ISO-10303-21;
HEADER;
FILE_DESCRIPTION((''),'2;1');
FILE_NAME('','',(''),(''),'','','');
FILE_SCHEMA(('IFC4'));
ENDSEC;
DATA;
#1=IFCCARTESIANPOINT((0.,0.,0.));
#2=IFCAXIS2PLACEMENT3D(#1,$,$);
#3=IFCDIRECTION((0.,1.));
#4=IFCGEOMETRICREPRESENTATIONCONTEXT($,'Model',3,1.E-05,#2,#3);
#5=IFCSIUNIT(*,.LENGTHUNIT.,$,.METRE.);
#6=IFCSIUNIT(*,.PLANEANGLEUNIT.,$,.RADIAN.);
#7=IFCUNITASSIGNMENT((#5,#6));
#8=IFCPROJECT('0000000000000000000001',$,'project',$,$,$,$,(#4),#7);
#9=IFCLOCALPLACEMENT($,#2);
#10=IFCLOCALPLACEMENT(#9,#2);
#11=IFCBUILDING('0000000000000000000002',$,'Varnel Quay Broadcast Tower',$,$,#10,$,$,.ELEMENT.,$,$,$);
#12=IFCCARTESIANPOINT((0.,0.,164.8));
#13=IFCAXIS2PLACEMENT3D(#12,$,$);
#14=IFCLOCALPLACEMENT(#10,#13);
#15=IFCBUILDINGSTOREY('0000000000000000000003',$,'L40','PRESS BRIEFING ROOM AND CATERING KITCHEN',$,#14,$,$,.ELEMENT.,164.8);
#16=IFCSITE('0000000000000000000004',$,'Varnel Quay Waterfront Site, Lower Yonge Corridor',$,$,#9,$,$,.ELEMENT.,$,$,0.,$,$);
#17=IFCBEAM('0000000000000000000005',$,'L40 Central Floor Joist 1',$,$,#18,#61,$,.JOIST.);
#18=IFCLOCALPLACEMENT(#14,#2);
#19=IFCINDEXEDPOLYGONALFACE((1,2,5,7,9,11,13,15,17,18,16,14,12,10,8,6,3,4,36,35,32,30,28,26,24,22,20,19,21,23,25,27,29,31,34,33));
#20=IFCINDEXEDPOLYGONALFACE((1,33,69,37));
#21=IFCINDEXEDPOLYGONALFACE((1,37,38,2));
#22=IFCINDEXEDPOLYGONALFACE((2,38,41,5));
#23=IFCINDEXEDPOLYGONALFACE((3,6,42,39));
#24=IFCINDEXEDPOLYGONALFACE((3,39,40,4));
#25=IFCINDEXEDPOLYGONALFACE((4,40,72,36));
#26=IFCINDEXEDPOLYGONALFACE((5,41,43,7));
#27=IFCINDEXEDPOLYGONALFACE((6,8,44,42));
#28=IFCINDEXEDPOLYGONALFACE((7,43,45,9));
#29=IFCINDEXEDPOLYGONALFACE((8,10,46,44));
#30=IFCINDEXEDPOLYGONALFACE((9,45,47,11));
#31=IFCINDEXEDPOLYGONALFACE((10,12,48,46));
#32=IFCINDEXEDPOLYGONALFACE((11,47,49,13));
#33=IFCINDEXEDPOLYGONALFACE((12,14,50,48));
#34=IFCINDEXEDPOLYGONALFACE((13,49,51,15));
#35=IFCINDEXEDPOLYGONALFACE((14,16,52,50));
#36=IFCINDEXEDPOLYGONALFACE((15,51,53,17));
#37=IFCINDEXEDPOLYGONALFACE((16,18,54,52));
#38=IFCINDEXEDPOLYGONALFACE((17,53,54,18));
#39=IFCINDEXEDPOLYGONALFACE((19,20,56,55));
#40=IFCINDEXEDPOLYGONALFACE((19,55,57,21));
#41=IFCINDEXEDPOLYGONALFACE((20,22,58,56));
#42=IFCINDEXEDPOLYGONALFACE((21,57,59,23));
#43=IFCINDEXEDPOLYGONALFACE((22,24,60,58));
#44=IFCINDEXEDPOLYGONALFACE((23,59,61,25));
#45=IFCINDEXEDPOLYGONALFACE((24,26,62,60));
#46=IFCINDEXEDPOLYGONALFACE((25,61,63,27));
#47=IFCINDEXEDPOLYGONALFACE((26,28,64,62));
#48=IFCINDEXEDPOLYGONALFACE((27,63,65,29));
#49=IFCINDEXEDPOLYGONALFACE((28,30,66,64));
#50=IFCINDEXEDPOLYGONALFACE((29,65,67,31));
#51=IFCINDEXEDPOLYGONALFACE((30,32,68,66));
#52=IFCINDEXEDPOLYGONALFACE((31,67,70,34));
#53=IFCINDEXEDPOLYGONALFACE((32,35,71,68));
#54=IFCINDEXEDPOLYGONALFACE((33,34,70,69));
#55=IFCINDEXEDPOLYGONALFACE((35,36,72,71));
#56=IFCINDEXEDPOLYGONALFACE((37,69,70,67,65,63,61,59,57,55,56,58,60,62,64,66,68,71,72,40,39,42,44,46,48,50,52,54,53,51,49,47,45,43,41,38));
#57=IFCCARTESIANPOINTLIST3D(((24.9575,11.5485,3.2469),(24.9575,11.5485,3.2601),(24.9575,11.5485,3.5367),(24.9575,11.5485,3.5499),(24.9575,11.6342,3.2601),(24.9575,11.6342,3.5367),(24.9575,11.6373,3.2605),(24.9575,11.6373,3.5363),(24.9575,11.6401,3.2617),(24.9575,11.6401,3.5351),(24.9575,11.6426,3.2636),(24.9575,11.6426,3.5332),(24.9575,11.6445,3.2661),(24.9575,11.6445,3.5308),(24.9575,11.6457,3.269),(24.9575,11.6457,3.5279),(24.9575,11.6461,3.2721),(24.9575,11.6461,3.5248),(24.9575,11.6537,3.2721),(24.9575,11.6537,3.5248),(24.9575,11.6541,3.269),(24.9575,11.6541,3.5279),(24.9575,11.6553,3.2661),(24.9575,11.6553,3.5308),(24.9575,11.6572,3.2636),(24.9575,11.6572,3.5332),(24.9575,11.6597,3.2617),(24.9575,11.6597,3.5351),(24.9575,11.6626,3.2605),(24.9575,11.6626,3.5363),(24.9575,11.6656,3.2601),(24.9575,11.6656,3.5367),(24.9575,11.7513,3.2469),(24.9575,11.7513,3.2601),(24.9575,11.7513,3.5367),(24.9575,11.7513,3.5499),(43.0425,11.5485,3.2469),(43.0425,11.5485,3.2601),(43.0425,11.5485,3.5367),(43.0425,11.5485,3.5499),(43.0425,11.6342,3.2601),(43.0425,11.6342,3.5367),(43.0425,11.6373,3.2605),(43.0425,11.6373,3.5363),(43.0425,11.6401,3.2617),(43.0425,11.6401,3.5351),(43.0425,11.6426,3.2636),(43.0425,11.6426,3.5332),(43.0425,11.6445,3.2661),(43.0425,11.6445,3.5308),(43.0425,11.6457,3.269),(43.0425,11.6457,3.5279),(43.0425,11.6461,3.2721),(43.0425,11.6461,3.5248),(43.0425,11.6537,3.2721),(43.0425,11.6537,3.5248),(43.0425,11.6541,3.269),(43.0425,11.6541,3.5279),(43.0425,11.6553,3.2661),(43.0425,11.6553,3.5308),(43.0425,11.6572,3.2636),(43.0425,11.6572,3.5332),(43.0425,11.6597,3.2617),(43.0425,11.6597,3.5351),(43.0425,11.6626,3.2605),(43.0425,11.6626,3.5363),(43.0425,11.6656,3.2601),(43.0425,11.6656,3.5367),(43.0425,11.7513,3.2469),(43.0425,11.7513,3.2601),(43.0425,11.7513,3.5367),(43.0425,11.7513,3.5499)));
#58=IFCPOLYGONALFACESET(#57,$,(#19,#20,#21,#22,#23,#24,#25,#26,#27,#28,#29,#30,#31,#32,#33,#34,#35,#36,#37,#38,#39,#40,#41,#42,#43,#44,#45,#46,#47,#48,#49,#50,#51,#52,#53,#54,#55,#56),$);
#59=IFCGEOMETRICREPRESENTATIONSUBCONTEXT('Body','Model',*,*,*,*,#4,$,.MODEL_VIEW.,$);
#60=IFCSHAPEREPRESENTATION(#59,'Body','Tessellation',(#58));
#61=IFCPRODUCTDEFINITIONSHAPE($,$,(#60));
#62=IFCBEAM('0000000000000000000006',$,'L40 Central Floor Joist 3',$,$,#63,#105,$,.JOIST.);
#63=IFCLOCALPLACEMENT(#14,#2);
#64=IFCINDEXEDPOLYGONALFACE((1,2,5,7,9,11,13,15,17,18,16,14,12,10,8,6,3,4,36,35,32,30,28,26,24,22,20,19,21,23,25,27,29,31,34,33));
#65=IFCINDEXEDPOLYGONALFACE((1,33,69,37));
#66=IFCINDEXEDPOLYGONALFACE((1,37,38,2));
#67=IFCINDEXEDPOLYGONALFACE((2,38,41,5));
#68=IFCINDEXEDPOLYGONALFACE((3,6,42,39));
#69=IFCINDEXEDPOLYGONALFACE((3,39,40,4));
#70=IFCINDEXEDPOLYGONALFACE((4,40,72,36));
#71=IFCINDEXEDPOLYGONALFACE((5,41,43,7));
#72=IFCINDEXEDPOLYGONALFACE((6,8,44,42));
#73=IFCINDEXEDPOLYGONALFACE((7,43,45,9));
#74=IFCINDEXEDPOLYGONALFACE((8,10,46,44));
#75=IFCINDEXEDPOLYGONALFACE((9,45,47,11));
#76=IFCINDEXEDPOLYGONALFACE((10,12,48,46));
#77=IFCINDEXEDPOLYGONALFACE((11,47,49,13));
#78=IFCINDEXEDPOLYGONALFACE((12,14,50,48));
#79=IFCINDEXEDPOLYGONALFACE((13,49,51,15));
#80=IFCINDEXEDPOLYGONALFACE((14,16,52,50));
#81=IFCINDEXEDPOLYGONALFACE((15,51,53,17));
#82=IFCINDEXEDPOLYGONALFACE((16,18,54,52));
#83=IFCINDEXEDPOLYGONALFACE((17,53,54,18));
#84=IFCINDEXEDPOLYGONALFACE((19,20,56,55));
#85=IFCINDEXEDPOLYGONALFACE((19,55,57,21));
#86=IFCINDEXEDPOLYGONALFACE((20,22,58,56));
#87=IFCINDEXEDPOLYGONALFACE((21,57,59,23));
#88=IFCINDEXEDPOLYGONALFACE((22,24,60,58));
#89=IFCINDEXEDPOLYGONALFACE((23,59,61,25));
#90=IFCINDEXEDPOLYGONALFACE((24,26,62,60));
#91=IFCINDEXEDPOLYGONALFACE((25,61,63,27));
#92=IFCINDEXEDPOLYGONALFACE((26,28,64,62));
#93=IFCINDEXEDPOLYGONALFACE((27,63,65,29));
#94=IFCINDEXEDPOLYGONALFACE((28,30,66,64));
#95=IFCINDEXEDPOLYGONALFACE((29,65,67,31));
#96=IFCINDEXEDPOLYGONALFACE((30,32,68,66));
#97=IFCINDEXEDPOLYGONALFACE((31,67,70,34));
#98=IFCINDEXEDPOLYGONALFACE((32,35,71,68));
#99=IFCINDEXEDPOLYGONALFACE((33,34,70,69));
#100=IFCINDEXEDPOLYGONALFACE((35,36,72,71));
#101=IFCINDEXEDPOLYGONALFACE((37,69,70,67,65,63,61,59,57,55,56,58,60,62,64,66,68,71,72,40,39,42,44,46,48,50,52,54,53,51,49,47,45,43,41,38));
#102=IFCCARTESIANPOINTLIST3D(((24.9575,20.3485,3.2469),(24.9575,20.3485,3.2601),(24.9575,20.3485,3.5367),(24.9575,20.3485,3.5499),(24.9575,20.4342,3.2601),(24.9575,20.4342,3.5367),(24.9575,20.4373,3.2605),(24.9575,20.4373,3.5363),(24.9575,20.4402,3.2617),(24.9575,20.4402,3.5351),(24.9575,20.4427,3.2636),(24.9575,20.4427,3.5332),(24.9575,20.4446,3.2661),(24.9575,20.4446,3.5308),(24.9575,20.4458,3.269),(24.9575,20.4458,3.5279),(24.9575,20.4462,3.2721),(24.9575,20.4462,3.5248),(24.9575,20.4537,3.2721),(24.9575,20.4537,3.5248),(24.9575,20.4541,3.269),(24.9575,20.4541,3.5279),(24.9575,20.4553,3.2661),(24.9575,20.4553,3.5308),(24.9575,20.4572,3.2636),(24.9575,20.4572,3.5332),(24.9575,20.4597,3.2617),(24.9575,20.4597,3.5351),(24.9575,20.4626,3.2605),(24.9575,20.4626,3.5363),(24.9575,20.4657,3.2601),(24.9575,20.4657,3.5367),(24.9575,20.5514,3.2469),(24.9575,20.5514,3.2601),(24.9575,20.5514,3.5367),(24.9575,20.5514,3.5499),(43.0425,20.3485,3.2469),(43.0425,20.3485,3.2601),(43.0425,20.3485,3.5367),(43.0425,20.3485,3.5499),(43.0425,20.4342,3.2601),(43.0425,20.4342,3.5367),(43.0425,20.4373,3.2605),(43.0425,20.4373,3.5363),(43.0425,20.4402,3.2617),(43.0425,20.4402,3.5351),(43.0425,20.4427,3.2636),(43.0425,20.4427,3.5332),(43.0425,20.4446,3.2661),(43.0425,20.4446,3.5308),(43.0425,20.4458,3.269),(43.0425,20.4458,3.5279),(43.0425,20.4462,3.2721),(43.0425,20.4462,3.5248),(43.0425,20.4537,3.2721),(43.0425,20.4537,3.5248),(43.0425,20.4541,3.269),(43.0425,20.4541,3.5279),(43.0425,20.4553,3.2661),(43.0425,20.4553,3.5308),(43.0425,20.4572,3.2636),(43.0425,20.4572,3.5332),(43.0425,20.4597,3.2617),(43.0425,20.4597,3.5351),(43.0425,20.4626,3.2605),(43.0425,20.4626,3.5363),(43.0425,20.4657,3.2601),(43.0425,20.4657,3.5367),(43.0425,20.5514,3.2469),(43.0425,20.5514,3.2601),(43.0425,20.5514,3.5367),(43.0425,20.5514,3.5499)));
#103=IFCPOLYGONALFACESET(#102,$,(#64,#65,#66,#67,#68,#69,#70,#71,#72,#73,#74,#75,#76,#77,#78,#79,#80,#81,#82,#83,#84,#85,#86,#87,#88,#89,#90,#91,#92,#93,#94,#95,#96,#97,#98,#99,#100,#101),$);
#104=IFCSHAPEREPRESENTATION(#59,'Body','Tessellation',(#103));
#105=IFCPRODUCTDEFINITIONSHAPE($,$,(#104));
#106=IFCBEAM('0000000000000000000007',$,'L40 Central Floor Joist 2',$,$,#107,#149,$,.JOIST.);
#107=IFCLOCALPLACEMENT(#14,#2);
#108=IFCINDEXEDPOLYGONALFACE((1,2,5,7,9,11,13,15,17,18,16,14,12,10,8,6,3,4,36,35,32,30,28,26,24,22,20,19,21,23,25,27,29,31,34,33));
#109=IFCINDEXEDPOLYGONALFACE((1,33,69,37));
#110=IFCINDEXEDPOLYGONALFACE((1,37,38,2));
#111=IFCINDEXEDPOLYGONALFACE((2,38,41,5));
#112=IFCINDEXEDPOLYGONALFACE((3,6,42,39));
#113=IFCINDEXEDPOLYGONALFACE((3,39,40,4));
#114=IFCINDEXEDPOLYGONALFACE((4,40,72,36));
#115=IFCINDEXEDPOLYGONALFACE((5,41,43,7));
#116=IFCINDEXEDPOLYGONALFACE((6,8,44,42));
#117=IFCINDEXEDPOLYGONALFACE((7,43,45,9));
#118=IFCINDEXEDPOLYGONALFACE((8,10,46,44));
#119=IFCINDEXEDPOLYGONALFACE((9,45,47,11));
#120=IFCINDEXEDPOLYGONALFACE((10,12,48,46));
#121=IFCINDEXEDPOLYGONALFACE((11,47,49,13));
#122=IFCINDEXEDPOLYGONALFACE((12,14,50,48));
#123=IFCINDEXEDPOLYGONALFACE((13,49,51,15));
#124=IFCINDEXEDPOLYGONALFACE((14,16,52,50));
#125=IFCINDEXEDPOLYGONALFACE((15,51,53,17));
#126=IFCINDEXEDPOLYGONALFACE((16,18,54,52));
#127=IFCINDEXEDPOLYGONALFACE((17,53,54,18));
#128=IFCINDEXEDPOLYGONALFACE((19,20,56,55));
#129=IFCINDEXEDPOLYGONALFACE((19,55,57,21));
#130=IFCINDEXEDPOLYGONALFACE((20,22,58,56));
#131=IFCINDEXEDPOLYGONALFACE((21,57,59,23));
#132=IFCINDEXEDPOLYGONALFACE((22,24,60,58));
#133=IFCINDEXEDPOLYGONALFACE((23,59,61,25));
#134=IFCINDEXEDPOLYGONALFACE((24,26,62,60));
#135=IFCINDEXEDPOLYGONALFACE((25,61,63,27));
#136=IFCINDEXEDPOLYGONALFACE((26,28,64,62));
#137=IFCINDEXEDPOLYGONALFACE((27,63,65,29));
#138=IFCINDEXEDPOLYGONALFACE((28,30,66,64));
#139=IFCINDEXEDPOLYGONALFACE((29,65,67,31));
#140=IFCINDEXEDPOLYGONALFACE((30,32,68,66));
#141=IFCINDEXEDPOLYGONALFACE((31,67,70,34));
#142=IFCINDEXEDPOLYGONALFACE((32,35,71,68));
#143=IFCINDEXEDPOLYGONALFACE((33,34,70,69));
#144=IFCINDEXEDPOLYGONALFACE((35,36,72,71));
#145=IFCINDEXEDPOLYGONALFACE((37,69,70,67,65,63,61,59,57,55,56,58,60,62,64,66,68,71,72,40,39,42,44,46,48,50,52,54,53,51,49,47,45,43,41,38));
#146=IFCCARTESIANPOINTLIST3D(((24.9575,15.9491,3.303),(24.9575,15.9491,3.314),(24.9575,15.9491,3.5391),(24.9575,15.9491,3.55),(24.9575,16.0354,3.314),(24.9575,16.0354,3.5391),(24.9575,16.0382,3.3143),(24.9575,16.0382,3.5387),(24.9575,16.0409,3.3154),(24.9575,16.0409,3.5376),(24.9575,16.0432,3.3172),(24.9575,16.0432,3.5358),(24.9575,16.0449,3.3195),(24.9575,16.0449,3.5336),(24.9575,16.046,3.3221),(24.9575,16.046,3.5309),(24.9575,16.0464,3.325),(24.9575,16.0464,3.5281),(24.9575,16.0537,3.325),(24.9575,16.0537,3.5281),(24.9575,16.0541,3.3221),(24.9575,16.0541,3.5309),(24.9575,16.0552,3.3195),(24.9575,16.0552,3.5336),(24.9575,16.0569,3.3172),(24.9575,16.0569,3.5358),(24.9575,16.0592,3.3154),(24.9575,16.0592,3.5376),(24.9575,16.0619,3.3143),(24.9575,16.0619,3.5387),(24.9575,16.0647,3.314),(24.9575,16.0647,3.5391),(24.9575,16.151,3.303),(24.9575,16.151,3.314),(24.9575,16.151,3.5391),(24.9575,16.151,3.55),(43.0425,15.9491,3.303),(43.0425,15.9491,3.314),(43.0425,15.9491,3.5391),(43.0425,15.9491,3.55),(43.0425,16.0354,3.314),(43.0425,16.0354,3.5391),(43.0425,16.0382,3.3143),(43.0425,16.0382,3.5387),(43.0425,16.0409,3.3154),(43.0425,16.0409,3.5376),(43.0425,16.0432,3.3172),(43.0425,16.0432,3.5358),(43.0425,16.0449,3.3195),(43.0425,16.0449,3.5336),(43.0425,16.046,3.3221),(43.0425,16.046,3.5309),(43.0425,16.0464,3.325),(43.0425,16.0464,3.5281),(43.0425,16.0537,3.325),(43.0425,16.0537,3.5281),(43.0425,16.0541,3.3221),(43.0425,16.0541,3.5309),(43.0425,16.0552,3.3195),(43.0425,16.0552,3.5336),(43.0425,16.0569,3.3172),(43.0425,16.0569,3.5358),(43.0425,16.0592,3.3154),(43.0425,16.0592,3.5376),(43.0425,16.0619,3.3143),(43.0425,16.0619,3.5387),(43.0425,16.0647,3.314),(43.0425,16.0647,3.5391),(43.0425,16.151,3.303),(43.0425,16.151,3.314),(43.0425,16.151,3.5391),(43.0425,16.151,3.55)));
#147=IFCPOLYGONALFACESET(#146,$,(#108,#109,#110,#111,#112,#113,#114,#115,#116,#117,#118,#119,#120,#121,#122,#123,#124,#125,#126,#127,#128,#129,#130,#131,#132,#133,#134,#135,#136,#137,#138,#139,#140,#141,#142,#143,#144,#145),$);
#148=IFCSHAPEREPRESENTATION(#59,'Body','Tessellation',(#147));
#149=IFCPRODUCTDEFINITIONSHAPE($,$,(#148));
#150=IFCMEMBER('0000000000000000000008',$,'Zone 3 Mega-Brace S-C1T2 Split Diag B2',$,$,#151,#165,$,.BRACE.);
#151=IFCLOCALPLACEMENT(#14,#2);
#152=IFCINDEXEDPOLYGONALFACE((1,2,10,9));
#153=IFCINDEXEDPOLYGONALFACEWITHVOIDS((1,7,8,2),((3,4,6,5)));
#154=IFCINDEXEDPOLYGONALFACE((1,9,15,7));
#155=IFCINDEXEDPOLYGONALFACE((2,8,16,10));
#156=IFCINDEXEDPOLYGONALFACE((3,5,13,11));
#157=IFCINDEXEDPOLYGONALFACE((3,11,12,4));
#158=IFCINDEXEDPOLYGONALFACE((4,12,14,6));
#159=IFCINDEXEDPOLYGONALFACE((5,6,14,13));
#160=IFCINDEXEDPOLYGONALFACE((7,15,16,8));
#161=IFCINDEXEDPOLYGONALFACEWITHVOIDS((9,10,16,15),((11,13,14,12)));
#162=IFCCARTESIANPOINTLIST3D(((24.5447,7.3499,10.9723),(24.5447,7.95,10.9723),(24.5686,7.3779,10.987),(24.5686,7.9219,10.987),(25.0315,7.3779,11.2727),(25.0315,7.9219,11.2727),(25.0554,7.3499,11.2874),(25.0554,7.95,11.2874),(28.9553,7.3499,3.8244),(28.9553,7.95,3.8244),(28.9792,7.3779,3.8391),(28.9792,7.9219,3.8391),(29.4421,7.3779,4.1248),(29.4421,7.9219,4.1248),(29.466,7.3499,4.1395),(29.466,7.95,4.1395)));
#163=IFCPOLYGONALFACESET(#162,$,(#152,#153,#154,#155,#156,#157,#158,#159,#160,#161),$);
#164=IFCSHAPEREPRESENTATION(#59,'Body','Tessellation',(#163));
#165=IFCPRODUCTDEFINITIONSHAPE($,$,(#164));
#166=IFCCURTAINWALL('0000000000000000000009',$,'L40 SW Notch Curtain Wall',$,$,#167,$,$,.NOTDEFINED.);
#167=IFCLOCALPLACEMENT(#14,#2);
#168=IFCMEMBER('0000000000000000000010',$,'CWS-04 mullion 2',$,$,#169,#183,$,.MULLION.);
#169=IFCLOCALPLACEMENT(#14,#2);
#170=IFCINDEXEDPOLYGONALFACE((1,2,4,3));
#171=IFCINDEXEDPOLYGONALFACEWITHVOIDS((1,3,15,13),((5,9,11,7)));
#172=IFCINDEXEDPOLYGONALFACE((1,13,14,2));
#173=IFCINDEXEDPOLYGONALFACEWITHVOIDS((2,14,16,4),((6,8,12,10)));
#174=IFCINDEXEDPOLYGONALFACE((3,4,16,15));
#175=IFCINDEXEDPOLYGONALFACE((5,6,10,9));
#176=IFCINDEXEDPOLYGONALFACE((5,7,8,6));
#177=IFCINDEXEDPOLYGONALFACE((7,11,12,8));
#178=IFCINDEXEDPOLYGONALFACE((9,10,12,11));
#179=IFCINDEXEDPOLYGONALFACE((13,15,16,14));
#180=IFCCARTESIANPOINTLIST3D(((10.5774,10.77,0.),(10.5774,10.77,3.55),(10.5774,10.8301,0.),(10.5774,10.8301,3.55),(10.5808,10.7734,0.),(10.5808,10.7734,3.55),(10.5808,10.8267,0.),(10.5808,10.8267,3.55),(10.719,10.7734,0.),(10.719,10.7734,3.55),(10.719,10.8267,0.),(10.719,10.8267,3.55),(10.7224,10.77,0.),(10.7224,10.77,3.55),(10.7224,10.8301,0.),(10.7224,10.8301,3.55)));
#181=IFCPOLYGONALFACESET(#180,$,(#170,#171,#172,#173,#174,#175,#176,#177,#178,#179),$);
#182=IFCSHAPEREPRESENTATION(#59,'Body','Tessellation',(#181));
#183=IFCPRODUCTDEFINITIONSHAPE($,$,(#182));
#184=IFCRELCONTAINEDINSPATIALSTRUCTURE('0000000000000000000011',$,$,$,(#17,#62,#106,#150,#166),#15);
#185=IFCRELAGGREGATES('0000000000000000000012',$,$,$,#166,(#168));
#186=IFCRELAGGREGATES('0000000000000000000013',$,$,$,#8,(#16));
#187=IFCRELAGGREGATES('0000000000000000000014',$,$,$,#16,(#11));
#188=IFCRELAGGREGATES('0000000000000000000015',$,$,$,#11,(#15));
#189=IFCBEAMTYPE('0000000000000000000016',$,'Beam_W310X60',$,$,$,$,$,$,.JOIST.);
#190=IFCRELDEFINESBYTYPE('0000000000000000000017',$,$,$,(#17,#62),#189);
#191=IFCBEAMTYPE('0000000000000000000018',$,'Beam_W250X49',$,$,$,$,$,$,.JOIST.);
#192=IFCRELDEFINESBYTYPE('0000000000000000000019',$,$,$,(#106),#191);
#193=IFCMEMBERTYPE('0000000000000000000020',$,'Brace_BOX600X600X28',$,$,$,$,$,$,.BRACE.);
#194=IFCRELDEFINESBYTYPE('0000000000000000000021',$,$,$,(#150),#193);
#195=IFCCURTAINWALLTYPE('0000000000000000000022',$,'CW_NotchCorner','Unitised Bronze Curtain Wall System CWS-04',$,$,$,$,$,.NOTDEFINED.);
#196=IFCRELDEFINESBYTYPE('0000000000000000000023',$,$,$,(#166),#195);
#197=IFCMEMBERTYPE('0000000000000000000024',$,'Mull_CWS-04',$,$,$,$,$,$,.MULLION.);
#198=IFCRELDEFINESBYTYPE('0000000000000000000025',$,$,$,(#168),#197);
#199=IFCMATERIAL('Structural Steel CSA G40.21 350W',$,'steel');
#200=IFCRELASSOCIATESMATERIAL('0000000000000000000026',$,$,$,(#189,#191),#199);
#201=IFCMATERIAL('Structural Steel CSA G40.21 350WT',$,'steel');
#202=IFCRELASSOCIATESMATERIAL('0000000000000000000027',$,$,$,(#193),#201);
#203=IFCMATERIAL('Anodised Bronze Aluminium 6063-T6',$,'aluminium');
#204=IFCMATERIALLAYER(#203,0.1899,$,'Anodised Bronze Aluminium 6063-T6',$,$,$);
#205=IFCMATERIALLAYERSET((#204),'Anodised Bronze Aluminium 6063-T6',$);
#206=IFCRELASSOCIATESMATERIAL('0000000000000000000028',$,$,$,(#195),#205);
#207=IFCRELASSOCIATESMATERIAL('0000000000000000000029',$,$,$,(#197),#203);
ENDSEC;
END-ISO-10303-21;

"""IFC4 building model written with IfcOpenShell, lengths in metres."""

from ifc_helpers import new_model, si_unit, direction, frame, origin, origin_2d, place, context, subcontext, project, spatial, hollow_rectangle, i_section, extrude, source, transform, mapped, material, layer, layer_set, material_profile, profile_set, type_object, type_shapes, element, aggregate, save


model = new_model("IFC4")

# Units and contexts
model_context = context("Model", 3, precision=1e-05, world=origin(), true_north=direction((0.0, 1.0)))
body_context = subcontext(model_context, "Body", "Model", "MODEL_VIEW")
ifc_project = project(units=[si_unit("LENGTHUNIT", "METRE"), si_unit("PLANEANGLEUNIT", "RADIAN")], contexts=[model_context])

# Site, building, storey
site_placement = place(None, origin())
site = spatial("IfcSite", under=ifc_project, at=site_placement, Name="Varnel Quay Waterfront Site, Lower Yonge Corridor", CompositionType="ELEMENT", RefElevation=0.0)
building_placement = place(site_placement, origin())
building = spatial("IfcBuilding", under=site, at=building_placement, Name="Varnel Quay Broadcast Tower", CompositionType="ELEMENT")
storey_placement = place(building_placement, frame((0.0, 0.0, 164.8)))
storey = spatial("IfcBuildingStorey", under=building, at=storey_placement, Name="L40", Description="PRESS BRIEFING ROOM AND CATERING KITCHEN", CompositionType="ELEMENT", Elevation=164.8)

# Shared definitions
ifc_material_1 = material(Name="Structural Steel CSA G40.21 350WT", Category="steel")
ifc_material_2 = material(Name="Structural Steel CSA G40.21 350W", Category="steel")

# Beams
ifc_material_profile_1 = material_profile(ifc_material_2, i_section(OverallWidth=0.2029, OverallDepth=0.303, WebThickness=0.0076, FlangeThickness=0.0132, FilletRadius=0.012, at=origin_2d()), Name="W310X60")
ifc_profile_set_1 = profile_set([ifc_material_profile_1], Name="Structural Steel CSA G40.21 350W")
beam_type_1 = type_object("IfcBeamType", Name="Beam_W310X60", PredefinedType="JOIST", material=ifc_profile_set_1)
shared_shape_1 = source(origin(), body_context, "Body", "SweptSolid", [
    extrude(i_section(OverallWidth=0.2029, OverallDepth=0.303, WebThickness=0.0076, FlangeThickness=0.0132, FilletRadius=0.012, at=origin_2d()), origin(), (0.0, 0.0, 1.0), 18.085),
])
type_shapes(beam_type_1, [shared_shape_1])
for number, where, z_axis, x_axis, name in (
    (1, (24.9575, 11.6499, 3.3984), (1.0, 0.0, 0.0), (0.0, 1.0, 0.0), "L40 Central Floor Joist 1"),
    (2, (24.9575, 20.45, 3.3984), (1.0, 0.0, 0.0), (0.0, 1.0, 0.0), "L40 Central Floor Joist 3"),
):
    element("IfcBeam", number, at=place(storey_placement, frame(where, z_axis=z_axis, x_axis=x_axis)), inside=storey, type_object=beam_type_1, Name=name, PredefinedType="JOIST", context=body_context, shape_type="MappedRepresentation", body=[
        mapped(shared_shape_1, transform((0.0, 0.0, 0.0), x_axis=(1.0, 0.0, 0.0), y_axis=(0.0, 1.0, 0.0), z_axis=(0.0, 0.0, 1.0), scale=1.0)),
    ])
ifc_material_profile_2 = material_profile(ifc_material_2, i_section(OverallWidth=0.2019, OverallDepth=0.2471, WebThickness=0.0073, FlangeThickness=0.011, FilletRadius=0.011, at=origin_2d()), Name="W250X49")
ifc_profile_set_2 = profile_set([ifc_material_profile_2], Name="Structural Steel CSA G40.21 350W")
beam_type_2 = type_object("IfcBeamType", Name="Beam_W250X49", PredefinedType="JOIST", material=ifc_profile_set_2)
shared_shape_2 = source(origin(), body_context, "Body", "SweptSolid", [
    extrude(i_section(OverallWidth=0.2019, OverallDepth=0.2471, WebThickness=0.0073, FlangeThickness=0.011, FilletRadius=0.011, at=origin_2d()), origin(), (0.0, 0.0, 1.0), 18.085),
])
type_shapes(beam_type_2, [shared_shape_2])
beam_1_placement = place(storey_placement, frame((24.9575, 16.05, 3.4265), z_axis=(1.0, 0.0, 0.0), x_axis=(0.0, 1.0, 0.0)))
element("IfcBeam", 3, at=beam_1_placement, inside=storey, type_object=beam_type_2, Name="L40 Central Floor Joist 2", PredefinedType="JOIST", context=body_context, shape_type="MappedRepresentation", body=[
    mapped(shared_shape_2, transform((0.0, 0.0, 0.0), x_axis=(1.0, 0.0, 0.0), y_axis=(0.0, 1.0, 0.0), z_axis=(0.0, 0.0, 1.0), scale=1.0)),
])

# Member
ifc_material_profile_3 = material_profile(ifc_material_1, hollow_rectangle(XDim=0.6001, YDim=0.6001, WallThickness=0.0281, at=origin_2d()), Name="BOX600X600X28")
ifc_profile_set_3 = profile_set([ifc_material_profile_3], Name="Structural Steel CSA G40.21 350WT")
member_type_1 = type_object("IfcMemberType", Name="Brace_BOX600X600X28", PredefinedType="BRACE", material=ifc_profile_set_3)
shared_shape_3 = source(origin(), body_context, "Body", "SweptSolid", [
    extrude(hollow_rectangle(XDim=0.6001, YDim=0.6001, WallThickness=0.0281, at=origin_2d()), origin(), (0.0, 0.0, 1.0), 8.3992),
])
type_shapes(member_type_1, [shared_shape_3])
member_1_placement = place(storey_placement, frame((29.2107, 7.6499, 3.9819), z_axis=(-0.525125, 0.0, 0.851025), x_axis=(0.0, -1.0, 0.0)))
element("IfcMember", 4, at=member_1_placement, inside=storey, type_object=member_type_1, Name="Zone 3 Mega-Brace S-C1T2 Split Diag B2", PredefinedType="BRACE", context=body_context, shape_type="MappedRepresentation", body=[
    mapped(shared_shape_3, transform((0.0, 0.0, 0.0), x_axis=(1.0, 0.0, 0.0), y_axis=(0.0, 1.0, 0.0), z_axis=(0.0, 0.0, 1.0), scale=1.0)),
])

# Curtain wall, member
ifc_material_3 = material(Name="Anodised Bronze Aluminium 6063-T6", Category="aluminium")
ifc_layer_1 = layer(ifc_material_3, 0.1899, Name="Anodised Bronze Aluminium 6063-T6")
ifc_layer_set_1 = layer_set([ifc_layer_1], Name="Anodised Bronze Aluminium 6063-T6")
curtain_wall_type_1 = type_object("IfcCurtainWallType", Name="CW_NotchCorner", Description="Unitised Bronze Curtain Wall System CWS-04", PredefinedType="NOTDEFINED", material=ifc_layer_set_1)
curtain_wall_1_placement = place(storey_placement, origin())
curtain_wall_1 = element("IfcCurtainWall", 5, at=curtain_wall_1_placement, inside=storey, type_object=curtain_wall_type_1, Name="L40 SW Notch Curtain Wall", PredefinedType="NOTDEFINED")
ifc_material_profile_4 = material_profile(ifc_material_3, hollow_rectangle(XDim=0.0601, YDim=0.145, WallThickness=0.0034, at=origin_2d()), Name="ALU60X145X3.5")
ifc_profile_set_4 = profile_set([ifc_material_profile_4], Name="Anodised Bronze Aluminium 6063-T6")
member_type_2 = type_object("IfcMemberType", Name="Mull_CWS-04", PredefinedType="MULLION", material=ifc_profile_set_4)
shared_shape_4 = source(origin(), body_context, "Body", "SweptSolid", [
    extrude(hollow_rectangle(XDim=0.0601, YDim=0.145, WallThickness=0.0034, at=origin_2d()), origin(), (0.0, 0.0, 1.0), 3.55),
])
type_shapes(member_type_2, [shared_shape_4])
member_2_placement = place(storey_placement, frame((10.6499, 10.8, 0.0), z_axis=(0.0, 0.0, 1.0), x_axis=(0.0, 1.0, 0.0)))
member_2 = element("IfcMember", 6, at=member_2_placement, type_object=member_type_2, Name="CWS-04 mullion 2", PredefinedType="MULLION", context=body_context, shape_type="MappedRepresentation", body=[
    mapped(shared_shape_4, transform((0.0, 0.0, 0.0), x_axis=(1.0, 0.0, 0.0), y_axis=(0.0, 1.0, 0.0), z_axis=(0.0, 0.0, 1.0), scale=1.0)),
])
aggregate(curtain_wall_1, [member_2])

save(model, "model.ifc")
